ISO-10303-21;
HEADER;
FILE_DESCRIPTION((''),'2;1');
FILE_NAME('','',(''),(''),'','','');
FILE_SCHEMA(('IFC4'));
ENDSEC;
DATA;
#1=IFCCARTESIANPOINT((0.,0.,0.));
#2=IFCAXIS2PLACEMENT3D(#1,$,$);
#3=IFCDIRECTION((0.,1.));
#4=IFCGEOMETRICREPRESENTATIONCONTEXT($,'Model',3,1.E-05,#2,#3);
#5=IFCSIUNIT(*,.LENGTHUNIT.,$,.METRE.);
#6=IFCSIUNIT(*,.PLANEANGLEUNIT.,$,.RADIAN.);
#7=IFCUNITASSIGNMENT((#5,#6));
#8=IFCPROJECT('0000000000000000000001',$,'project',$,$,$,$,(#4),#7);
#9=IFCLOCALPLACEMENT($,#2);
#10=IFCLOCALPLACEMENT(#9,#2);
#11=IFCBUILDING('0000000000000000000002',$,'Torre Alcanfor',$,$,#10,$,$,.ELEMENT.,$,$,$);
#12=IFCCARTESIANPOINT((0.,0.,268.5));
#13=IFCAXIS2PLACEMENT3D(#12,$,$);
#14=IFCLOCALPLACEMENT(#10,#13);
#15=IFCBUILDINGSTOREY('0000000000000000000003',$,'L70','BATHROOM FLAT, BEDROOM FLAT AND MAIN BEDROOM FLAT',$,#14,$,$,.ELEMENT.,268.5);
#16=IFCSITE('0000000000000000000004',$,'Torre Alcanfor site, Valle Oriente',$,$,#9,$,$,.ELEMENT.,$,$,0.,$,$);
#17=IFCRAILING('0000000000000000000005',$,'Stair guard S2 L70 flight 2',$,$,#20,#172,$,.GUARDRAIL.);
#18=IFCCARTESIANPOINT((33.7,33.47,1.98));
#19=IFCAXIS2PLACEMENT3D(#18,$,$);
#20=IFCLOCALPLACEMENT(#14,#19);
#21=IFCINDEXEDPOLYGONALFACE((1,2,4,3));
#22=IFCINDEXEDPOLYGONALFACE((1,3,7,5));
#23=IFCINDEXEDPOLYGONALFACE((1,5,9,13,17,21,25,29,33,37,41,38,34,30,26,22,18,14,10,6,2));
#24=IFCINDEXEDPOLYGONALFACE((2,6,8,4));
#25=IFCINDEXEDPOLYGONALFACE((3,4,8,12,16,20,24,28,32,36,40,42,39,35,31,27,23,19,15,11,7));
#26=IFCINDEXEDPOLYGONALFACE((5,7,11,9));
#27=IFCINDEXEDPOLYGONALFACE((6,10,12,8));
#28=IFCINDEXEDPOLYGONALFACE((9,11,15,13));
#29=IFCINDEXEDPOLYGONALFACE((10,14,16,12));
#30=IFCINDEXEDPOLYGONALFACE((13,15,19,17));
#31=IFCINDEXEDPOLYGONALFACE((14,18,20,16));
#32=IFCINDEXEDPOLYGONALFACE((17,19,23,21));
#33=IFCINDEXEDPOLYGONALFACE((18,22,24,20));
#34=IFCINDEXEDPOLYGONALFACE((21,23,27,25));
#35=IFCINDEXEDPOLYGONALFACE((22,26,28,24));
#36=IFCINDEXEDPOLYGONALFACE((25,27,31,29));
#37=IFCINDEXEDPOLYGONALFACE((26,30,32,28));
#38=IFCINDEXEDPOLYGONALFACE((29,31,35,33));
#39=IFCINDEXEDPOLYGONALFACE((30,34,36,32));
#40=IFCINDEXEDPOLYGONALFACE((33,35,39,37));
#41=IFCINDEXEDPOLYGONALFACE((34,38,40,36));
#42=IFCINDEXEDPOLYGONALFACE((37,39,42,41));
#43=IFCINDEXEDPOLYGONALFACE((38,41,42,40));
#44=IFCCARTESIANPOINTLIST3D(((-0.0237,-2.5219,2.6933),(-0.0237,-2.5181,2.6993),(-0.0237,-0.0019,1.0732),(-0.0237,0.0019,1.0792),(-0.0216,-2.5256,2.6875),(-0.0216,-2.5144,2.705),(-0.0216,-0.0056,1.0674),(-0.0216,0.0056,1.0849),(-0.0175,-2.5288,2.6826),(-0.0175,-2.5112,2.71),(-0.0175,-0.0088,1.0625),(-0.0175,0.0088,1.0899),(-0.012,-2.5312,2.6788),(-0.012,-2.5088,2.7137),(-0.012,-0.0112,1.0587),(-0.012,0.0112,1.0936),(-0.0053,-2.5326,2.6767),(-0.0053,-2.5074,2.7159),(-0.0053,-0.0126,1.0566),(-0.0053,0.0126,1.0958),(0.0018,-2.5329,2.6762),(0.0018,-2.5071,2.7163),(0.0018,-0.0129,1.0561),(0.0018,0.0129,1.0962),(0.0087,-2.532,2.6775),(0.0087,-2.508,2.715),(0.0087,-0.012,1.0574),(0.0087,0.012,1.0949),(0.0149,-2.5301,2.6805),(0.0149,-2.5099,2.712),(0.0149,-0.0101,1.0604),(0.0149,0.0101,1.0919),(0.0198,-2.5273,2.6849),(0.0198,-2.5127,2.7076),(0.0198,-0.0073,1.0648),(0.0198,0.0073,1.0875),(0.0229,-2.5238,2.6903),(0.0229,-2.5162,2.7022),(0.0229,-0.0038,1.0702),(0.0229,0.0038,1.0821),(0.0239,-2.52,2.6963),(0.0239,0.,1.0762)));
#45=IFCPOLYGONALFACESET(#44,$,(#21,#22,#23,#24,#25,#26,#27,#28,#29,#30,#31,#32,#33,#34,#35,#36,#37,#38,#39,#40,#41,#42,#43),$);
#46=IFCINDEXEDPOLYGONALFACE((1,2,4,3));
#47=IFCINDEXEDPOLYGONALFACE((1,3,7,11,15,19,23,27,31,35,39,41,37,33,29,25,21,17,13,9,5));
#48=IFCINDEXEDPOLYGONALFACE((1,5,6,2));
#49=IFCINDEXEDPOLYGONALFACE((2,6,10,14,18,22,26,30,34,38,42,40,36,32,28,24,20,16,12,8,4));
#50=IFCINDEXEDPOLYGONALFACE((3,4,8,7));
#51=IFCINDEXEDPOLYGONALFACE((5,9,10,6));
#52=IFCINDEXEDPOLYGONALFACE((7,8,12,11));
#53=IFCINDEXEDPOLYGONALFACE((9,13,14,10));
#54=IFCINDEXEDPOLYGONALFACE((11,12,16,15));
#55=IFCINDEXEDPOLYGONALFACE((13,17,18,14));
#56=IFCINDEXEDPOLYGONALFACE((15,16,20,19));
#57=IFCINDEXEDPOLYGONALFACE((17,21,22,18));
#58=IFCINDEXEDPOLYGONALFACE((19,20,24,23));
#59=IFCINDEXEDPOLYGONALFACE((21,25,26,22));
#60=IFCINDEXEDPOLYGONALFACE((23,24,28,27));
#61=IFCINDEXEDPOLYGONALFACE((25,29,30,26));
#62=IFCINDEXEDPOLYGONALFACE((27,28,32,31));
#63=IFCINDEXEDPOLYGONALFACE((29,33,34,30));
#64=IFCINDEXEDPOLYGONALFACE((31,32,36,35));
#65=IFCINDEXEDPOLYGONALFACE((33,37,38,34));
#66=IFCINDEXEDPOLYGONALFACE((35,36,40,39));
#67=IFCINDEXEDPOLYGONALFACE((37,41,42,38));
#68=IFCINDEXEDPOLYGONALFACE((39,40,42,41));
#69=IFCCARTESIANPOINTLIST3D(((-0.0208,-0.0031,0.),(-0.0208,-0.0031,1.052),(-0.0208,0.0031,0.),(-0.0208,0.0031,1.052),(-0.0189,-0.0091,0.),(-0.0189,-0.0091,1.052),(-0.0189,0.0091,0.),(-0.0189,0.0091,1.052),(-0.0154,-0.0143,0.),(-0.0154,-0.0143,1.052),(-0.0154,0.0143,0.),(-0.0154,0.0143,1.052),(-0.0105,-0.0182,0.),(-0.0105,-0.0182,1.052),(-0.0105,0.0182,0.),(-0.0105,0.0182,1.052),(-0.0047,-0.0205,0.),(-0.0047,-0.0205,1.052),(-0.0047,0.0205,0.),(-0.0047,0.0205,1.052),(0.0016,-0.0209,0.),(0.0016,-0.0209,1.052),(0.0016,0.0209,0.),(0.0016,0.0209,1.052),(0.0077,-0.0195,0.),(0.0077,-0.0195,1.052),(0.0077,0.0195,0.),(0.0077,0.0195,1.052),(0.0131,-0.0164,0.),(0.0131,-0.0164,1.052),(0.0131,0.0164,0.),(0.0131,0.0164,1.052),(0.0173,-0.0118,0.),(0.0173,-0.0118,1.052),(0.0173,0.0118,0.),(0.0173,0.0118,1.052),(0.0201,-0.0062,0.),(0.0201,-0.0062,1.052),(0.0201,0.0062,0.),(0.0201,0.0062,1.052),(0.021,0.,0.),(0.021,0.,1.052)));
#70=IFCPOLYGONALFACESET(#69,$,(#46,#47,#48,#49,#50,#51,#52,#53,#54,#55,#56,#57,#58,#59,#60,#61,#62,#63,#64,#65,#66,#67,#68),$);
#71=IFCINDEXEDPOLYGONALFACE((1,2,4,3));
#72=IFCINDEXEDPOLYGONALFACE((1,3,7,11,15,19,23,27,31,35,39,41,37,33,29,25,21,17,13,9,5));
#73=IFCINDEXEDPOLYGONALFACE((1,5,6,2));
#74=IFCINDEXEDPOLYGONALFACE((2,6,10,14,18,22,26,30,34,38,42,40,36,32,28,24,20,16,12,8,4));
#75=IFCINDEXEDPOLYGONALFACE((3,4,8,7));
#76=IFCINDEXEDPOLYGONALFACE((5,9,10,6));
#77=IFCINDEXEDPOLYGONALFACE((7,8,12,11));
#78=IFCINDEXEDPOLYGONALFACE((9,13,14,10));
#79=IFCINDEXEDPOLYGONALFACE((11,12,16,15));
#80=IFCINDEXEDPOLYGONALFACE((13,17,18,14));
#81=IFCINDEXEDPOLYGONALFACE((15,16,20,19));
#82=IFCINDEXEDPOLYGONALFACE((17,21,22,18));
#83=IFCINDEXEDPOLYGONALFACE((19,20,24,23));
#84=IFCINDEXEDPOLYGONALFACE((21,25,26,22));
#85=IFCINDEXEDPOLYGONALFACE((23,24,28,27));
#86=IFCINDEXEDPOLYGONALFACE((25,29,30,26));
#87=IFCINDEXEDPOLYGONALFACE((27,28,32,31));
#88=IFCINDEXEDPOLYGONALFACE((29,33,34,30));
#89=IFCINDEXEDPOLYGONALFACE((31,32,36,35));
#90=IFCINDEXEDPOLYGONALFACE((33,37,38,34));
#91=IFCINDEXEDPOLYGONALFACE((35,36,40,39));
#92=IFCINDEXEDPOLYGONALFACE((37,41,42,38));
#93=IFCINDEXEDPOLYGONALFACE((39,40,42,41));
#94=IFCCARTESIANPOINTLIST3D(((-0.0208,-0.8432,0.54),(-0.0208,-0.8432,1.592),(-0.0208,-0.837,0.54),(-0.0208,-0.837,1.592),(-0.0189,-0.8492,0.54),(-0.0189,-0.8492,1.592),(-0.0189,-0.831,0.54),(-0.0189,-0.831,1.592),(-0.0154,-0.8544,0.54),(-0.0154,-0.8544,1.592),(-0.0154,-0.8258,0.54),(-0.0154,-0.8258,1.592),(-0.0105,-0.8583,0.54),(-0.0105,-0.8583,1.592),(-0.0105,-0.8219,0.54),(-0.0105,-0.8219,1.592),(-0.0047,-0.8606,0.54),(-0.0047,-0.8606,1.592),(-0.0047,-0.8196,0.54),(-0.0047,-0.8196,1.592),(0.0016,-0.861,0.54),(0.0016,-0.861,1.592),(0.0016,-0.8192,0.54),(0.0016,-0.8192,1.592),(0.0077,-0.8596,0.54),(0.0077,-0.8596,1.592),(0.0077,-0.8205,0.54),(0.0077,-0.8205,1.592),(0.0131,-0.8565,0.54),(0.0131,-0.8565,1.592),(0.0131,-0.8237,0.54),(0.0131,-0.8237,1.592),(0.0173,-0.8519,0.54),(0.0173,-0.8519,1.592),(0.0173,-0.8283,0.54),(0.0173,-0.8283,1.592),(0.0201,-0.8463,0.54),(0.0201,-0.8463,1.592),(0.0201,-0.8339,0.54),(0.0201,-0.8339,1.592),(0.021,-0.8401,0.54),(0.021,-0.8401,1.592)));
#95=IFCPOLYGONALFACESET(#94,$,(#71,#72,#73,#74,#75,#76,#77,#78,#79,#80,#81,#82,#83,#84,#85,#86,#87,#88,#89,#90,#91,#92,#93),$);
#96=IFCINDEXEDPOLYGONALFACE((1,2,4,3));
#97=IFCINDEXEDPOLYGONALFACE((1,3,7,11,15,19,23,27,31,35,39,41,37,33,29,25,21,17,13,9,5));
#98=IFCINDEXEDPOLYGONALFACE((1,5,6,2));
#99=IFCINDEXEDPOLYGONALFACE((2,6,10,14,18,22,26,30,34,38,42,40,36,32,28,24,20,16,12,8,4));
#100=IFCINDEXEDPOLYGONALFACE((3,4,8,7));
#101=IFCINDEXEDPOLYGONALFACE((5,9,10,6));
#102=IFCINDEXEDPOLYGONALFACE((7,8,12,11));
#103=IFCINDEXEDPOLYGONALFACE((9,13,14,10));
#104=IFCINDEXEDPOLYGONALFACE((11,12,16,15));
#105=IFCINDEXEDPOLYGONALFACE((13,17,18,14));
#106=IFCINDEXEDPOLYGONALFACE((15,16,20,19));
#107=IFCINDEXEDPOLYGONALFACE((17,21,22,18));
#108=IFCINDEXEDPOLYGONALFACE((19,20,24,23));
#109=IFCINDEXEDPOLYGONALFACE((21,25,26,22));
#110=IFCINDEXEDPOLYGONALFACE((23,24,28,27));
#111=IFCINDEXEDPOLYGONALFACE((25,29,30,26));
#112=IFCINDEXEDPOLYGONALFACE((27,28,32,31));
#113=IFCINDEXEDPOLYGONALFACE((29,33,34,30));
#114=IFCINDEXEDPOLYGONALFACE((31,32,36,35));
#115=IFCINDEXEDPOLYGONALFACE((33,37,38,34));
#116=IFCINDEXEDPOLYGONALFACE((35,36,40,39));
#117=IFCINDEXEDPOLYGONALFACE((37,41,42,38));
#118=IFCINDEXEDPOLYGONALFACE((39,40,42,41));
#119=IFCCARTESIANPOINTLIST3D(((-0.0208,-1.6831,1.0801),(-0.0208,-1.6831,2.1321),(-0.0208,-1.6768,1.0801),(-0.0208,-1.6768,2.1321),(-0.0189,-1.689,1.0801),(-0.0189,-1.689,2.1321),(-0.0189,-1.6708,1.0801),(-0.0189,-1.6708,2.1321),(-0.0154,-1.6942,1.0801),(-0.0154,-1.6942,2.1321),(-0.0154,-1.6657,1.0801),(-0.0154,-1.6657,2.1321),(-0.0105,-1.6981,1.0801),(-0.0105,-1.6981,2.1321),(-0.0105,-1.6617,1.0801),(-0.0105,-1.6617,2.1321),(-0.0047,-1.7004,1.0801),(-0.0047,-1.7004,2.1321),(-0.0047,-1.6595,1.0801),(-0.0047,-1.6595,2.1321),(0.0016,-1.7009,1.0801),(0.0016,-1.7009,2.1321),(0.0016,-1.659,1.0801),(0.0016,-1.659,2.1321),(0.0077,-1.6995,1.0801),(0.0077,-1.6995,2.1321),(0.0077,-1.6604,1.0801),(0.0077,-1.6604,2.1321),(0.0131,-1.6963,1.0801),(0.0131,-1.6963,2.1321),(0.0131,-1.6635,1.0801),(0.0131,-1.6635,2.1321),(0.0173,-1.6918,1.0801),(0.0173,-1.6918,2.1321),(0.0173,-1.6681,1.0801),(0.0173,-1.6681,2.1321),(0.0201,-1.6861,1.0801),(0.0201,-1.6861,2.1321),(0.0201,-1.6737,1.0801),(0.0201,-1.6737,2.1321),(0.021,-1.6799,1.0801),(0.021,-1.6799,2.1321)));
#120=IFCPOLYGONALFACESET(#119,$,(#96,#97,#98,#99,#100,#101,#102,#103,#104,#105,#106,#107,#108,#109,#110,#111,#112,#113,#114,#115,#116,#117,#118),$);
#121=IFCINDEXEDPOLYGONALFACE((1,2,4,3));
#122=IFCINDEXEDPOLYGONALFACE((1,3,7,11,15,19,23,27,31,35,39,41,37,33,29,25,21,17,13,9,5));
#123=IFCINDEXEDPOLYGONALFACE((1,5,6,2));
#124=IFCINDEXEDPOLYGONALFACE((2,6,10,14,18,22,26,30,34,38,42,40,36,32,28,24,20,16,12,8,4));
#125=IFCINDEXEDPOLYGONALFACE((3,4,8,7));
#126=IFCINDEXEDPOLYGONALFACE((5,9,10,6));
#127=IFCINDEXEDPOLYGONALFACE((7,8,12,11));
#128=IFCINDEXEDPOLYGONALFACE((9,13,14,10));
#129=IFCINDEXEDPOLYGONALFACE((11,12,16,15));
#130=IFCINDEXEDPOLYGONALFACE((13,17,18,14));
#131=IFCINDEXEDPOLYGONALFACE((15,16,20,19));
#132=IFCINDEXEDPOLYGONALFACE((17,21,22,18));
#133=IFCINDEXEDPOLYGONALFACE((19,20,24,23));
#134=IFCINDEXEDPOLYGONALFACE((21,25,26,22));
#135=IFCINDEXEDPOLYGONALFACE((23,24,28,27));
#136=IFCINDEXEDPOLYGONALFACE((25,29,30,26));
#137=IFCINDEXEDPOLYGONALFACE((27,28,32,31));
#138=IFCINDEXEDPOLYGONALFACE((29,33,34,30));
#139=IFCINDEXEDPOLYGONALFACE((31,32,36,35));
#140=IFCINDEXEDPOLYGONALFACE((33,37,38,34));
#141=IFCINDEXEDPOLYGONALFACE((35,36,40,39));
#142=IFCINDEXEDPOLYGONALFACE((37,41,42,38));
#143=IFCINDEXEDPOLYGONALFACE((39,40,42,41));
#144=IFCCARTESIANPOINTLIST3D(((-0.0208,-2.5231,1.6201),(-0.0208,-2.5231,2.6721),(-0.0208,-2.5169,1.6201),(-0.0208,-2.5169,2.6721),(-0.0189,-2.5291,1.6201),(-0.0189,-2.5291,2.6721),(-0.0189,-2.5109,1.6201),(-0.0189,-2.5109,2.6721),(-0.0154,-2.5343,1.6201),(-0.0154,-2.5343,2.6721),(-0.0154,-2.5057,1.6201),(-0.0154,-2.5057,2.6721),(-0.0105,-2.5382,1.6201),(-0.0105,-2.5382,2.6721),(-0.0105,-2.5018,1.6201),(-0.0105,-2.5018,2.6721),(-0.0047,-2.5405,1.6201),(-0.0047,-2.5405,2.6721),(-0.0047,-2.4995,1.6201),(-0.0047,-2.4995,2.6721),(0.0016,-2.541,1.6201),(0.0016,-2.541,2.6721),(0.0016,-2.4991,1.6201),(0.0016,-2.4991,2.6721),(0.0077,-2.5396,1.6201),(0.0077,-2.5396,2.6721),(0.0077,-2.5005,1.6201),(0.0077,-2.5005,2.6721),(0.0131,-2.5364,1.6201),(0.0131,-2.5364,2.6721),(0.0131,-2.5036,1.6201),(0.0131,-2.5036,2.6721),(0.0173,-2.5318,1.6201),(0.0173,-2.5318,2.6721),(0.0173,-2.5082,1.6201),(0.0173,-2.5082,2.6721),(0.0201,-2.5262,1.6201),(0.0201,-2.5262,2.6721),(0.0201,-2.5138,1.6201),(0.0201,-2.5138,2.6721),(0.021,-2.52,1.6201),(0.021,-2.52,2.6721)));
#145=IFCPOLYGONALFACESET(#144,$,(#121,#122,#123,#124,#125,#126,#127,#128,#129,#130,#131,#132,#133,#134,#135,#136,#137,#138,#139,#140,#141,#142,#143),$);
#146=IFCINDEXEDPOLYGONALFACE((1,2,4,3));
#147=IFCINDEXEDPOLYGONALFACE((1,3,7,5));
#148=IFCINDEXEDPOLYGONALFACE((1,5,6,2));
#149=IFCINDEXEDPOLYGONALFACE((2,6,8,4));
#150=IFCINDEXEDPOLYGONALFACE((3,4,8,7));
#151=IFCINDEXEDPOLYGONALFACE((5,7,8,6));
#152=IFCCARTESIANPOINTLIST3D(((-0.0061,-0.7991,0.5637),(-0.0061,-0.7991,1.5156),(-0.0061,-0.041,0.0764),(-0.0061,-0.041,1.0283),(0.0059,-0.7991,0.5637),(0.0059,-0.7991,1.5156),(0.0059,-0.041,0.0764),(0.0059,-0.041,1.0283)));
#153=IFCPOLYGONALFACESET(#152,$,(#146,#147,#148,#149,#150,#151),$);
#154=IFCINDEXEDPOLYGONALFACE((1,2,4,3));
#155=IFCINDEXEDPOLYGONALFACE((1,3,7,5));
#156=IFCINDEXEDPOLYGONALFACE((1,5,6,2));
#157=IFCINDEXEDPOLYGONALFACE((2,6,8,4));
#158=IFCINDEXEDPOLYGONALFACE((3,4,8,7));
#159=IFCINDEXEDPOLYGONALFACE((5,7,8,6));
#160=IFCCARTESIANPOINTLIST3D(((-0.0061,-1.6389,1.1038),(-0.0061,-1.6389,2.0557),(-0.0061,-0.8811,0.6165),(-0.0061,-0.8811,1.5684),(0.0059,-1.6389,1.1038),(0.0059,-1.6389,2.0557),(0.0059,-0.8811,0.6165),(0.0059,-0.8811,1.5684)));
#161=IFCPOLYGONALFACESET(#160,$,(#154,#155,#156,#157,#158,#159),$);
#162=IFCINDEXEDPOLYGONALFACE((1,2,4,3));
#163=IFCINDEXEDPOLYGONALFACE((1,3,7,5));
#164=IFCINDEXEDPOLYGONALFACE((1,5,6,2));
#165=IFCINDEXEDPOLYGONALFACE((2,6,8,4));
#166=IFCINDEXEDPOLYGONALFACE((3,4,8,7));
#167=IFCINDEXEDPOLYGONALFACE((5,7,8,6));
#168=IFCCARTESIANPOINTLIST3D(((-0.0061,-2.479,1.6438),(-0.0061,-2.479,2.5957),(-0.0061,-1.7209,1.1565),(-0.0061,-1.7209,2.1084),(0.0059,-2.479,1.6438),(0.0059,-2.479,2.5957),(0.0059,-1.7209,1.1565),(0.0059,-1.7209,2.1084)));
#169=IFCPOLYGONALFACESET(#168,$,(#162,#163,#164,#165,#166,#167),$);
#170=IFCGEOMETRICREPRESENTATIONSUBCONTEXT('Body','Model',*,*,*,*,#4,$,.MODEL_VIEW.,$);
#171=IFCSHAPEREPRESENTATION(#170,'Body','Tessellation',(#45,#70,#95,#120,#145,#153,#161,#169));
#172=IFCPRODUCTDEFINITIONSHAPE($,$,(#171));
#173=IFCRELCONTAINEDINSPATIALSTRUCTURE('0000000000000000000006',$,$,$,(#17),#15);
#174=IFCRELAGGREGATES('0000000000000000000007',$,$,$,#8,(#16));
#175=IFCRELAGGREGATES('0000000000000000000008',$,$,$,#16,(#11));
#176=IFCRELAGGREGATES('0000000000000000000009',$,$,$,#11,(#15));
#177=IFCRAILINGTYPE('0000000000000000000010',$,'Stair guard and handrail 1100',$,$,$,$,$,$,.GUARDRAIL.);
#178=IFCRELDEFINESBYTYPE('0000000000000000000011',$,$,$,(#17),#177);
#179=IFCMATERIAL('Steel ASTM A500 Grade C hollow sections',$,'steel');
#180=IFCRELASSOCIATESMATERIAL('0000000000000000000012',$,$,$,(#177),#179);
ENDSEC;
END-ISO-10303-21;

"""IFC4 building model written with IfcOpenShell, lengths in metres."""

from ifc_helpers import new_model, si_unit, direction, frame, origin, origin_2d, place, context, subcontext, project, spatial, polyline, circle, outline, extrude, material, type_object, element, save


model = new_model("IFC4")

# Units and contexts
model_context = context("Model", 3, precision=1e-05, world=origin(), true_north=direction((0.0, 1.0)))
body_context = subcontext(model_context, "Body", "Model", "MODEL_VIEW")
ifc_project = project(units=[si_unit("LENGTHUNIT", "METRE"), si_unit("PLANEANGLEUNIT", "RADIAN")], contexts=[model_context])

# Site, building, storey
site_placement = place(None, origin())
site = spatial("IfcSite", under=ifc_project, at=site_placement, Name="Torre Alcanfor site, Valle Oriente", CompositionType="ELEMENT", RefElevation=0.0)
building_placement = place(site_placement, origin())
building = spatial("IfcBuilding", under=site, at=building_placement, Name="Torre Alcanfor", CompositionType="ELEMENT")
storey_placement = place(building_placement, frame((0.0, 0.0, 268.5)))
storey = spatial("IfcBuildingStorey", under=building, at=storey_placement, Name="L70", Description="BATHROOM FLAT, BEDROOM FLAT AND MAIN BEDROOM FLAT", CompositionType="ELEMENT", Elevation=268.5)

# Railing
ifc_material_1 = material(Name="Steel ASTM A500 Grade C hollow sections", Category="steel")
railing_type_1 = type_object("IfcRailingType", Name="Stair guard and handrail 1100", PredefinedType="GUARDRAIL", material=ifc_material_1)
railing_1_placement = place(storey_placement, frame((33.7, 33.47, 1.98)))
element("IfcRailing", 1, at=railing_1_placement, inside=storey, type_object=railing_type_1, Name="Stair guard S2 L70 flight 2", PredefinedType="GUARDRAIL", context=body_context, shape_type="SweptSolid", body=[
    extrude(circle(Radius=0.0239, at=origin_2d()), frame((0.0, 0.0, 1.0762), z_axis=(0.0, -0.841163, 0.540782), x_axis=(1.0, 0.0, 0.0)), (0.0, 0.0, 1.0), 2.9958),
    extrude(circle(Radius=0.021, at=origin_2d()), origin(), (0.0, 0.0, 1.0), 1.052),
    extrude(circle(Radius=0.021, at=origin_2d()), frame((0.0, -0.8401, 0.54)), (0.0, 0.0, 1.0), 1.052),
    extrude(circle(Radius=0.021, at=origin_2d()), frame((0.0, -1.6799, 1.0801)), (0.0, 0.0, 1.0), 1.052),
    extrude(circle(Radius=0.021, at=origin_2d()), frame((0.0, -2.52, 1.6201)), (0.0, 0.0, 1.0), 1.052),
    extrude(outline(polyline([(0.041, 0.0764), (0.7991, 0.5637), (0.7991, 1.5156), (0.041, 1.0283), (0.041, 0.0764)])), frame((0.0059, 0.0, 0.0), z_axis=(-1.0, 0.0, 0.0), x_axis=(0.0, -1.0, 0.0)), (0.0, 0.0, 1.0), 0.012),
    extrude(outline(polyline([(0.8811, 0.6165), (1.6389, 1.1038), (1.6389, 2.0557), (0.8811, 1.5684), (0.8811, 0.6165)])), frame((0.0059, 0.0, 0.0), z_axis=(-1.0, 0.0, 0.0), x_axis=(0.0, -1.0, 0.0)), (0.0, 0.0, 1.0), 0.012),
    extrude(outline(polyline([(1.7209, 1.1565), (2.479, 1.6438), (2.479, 2.5957), (1.7209, 2.1084), (1.7209, 1.1565)])), frame((0.0059, 0.0, 0.0), z_axis=(-1.0, 0.0, 0.0), x_axis=(0.0, -1.0, 0.0)), (0.0, 0.0, 1.0), 0.012),
])

save(model, "model.ifc")
